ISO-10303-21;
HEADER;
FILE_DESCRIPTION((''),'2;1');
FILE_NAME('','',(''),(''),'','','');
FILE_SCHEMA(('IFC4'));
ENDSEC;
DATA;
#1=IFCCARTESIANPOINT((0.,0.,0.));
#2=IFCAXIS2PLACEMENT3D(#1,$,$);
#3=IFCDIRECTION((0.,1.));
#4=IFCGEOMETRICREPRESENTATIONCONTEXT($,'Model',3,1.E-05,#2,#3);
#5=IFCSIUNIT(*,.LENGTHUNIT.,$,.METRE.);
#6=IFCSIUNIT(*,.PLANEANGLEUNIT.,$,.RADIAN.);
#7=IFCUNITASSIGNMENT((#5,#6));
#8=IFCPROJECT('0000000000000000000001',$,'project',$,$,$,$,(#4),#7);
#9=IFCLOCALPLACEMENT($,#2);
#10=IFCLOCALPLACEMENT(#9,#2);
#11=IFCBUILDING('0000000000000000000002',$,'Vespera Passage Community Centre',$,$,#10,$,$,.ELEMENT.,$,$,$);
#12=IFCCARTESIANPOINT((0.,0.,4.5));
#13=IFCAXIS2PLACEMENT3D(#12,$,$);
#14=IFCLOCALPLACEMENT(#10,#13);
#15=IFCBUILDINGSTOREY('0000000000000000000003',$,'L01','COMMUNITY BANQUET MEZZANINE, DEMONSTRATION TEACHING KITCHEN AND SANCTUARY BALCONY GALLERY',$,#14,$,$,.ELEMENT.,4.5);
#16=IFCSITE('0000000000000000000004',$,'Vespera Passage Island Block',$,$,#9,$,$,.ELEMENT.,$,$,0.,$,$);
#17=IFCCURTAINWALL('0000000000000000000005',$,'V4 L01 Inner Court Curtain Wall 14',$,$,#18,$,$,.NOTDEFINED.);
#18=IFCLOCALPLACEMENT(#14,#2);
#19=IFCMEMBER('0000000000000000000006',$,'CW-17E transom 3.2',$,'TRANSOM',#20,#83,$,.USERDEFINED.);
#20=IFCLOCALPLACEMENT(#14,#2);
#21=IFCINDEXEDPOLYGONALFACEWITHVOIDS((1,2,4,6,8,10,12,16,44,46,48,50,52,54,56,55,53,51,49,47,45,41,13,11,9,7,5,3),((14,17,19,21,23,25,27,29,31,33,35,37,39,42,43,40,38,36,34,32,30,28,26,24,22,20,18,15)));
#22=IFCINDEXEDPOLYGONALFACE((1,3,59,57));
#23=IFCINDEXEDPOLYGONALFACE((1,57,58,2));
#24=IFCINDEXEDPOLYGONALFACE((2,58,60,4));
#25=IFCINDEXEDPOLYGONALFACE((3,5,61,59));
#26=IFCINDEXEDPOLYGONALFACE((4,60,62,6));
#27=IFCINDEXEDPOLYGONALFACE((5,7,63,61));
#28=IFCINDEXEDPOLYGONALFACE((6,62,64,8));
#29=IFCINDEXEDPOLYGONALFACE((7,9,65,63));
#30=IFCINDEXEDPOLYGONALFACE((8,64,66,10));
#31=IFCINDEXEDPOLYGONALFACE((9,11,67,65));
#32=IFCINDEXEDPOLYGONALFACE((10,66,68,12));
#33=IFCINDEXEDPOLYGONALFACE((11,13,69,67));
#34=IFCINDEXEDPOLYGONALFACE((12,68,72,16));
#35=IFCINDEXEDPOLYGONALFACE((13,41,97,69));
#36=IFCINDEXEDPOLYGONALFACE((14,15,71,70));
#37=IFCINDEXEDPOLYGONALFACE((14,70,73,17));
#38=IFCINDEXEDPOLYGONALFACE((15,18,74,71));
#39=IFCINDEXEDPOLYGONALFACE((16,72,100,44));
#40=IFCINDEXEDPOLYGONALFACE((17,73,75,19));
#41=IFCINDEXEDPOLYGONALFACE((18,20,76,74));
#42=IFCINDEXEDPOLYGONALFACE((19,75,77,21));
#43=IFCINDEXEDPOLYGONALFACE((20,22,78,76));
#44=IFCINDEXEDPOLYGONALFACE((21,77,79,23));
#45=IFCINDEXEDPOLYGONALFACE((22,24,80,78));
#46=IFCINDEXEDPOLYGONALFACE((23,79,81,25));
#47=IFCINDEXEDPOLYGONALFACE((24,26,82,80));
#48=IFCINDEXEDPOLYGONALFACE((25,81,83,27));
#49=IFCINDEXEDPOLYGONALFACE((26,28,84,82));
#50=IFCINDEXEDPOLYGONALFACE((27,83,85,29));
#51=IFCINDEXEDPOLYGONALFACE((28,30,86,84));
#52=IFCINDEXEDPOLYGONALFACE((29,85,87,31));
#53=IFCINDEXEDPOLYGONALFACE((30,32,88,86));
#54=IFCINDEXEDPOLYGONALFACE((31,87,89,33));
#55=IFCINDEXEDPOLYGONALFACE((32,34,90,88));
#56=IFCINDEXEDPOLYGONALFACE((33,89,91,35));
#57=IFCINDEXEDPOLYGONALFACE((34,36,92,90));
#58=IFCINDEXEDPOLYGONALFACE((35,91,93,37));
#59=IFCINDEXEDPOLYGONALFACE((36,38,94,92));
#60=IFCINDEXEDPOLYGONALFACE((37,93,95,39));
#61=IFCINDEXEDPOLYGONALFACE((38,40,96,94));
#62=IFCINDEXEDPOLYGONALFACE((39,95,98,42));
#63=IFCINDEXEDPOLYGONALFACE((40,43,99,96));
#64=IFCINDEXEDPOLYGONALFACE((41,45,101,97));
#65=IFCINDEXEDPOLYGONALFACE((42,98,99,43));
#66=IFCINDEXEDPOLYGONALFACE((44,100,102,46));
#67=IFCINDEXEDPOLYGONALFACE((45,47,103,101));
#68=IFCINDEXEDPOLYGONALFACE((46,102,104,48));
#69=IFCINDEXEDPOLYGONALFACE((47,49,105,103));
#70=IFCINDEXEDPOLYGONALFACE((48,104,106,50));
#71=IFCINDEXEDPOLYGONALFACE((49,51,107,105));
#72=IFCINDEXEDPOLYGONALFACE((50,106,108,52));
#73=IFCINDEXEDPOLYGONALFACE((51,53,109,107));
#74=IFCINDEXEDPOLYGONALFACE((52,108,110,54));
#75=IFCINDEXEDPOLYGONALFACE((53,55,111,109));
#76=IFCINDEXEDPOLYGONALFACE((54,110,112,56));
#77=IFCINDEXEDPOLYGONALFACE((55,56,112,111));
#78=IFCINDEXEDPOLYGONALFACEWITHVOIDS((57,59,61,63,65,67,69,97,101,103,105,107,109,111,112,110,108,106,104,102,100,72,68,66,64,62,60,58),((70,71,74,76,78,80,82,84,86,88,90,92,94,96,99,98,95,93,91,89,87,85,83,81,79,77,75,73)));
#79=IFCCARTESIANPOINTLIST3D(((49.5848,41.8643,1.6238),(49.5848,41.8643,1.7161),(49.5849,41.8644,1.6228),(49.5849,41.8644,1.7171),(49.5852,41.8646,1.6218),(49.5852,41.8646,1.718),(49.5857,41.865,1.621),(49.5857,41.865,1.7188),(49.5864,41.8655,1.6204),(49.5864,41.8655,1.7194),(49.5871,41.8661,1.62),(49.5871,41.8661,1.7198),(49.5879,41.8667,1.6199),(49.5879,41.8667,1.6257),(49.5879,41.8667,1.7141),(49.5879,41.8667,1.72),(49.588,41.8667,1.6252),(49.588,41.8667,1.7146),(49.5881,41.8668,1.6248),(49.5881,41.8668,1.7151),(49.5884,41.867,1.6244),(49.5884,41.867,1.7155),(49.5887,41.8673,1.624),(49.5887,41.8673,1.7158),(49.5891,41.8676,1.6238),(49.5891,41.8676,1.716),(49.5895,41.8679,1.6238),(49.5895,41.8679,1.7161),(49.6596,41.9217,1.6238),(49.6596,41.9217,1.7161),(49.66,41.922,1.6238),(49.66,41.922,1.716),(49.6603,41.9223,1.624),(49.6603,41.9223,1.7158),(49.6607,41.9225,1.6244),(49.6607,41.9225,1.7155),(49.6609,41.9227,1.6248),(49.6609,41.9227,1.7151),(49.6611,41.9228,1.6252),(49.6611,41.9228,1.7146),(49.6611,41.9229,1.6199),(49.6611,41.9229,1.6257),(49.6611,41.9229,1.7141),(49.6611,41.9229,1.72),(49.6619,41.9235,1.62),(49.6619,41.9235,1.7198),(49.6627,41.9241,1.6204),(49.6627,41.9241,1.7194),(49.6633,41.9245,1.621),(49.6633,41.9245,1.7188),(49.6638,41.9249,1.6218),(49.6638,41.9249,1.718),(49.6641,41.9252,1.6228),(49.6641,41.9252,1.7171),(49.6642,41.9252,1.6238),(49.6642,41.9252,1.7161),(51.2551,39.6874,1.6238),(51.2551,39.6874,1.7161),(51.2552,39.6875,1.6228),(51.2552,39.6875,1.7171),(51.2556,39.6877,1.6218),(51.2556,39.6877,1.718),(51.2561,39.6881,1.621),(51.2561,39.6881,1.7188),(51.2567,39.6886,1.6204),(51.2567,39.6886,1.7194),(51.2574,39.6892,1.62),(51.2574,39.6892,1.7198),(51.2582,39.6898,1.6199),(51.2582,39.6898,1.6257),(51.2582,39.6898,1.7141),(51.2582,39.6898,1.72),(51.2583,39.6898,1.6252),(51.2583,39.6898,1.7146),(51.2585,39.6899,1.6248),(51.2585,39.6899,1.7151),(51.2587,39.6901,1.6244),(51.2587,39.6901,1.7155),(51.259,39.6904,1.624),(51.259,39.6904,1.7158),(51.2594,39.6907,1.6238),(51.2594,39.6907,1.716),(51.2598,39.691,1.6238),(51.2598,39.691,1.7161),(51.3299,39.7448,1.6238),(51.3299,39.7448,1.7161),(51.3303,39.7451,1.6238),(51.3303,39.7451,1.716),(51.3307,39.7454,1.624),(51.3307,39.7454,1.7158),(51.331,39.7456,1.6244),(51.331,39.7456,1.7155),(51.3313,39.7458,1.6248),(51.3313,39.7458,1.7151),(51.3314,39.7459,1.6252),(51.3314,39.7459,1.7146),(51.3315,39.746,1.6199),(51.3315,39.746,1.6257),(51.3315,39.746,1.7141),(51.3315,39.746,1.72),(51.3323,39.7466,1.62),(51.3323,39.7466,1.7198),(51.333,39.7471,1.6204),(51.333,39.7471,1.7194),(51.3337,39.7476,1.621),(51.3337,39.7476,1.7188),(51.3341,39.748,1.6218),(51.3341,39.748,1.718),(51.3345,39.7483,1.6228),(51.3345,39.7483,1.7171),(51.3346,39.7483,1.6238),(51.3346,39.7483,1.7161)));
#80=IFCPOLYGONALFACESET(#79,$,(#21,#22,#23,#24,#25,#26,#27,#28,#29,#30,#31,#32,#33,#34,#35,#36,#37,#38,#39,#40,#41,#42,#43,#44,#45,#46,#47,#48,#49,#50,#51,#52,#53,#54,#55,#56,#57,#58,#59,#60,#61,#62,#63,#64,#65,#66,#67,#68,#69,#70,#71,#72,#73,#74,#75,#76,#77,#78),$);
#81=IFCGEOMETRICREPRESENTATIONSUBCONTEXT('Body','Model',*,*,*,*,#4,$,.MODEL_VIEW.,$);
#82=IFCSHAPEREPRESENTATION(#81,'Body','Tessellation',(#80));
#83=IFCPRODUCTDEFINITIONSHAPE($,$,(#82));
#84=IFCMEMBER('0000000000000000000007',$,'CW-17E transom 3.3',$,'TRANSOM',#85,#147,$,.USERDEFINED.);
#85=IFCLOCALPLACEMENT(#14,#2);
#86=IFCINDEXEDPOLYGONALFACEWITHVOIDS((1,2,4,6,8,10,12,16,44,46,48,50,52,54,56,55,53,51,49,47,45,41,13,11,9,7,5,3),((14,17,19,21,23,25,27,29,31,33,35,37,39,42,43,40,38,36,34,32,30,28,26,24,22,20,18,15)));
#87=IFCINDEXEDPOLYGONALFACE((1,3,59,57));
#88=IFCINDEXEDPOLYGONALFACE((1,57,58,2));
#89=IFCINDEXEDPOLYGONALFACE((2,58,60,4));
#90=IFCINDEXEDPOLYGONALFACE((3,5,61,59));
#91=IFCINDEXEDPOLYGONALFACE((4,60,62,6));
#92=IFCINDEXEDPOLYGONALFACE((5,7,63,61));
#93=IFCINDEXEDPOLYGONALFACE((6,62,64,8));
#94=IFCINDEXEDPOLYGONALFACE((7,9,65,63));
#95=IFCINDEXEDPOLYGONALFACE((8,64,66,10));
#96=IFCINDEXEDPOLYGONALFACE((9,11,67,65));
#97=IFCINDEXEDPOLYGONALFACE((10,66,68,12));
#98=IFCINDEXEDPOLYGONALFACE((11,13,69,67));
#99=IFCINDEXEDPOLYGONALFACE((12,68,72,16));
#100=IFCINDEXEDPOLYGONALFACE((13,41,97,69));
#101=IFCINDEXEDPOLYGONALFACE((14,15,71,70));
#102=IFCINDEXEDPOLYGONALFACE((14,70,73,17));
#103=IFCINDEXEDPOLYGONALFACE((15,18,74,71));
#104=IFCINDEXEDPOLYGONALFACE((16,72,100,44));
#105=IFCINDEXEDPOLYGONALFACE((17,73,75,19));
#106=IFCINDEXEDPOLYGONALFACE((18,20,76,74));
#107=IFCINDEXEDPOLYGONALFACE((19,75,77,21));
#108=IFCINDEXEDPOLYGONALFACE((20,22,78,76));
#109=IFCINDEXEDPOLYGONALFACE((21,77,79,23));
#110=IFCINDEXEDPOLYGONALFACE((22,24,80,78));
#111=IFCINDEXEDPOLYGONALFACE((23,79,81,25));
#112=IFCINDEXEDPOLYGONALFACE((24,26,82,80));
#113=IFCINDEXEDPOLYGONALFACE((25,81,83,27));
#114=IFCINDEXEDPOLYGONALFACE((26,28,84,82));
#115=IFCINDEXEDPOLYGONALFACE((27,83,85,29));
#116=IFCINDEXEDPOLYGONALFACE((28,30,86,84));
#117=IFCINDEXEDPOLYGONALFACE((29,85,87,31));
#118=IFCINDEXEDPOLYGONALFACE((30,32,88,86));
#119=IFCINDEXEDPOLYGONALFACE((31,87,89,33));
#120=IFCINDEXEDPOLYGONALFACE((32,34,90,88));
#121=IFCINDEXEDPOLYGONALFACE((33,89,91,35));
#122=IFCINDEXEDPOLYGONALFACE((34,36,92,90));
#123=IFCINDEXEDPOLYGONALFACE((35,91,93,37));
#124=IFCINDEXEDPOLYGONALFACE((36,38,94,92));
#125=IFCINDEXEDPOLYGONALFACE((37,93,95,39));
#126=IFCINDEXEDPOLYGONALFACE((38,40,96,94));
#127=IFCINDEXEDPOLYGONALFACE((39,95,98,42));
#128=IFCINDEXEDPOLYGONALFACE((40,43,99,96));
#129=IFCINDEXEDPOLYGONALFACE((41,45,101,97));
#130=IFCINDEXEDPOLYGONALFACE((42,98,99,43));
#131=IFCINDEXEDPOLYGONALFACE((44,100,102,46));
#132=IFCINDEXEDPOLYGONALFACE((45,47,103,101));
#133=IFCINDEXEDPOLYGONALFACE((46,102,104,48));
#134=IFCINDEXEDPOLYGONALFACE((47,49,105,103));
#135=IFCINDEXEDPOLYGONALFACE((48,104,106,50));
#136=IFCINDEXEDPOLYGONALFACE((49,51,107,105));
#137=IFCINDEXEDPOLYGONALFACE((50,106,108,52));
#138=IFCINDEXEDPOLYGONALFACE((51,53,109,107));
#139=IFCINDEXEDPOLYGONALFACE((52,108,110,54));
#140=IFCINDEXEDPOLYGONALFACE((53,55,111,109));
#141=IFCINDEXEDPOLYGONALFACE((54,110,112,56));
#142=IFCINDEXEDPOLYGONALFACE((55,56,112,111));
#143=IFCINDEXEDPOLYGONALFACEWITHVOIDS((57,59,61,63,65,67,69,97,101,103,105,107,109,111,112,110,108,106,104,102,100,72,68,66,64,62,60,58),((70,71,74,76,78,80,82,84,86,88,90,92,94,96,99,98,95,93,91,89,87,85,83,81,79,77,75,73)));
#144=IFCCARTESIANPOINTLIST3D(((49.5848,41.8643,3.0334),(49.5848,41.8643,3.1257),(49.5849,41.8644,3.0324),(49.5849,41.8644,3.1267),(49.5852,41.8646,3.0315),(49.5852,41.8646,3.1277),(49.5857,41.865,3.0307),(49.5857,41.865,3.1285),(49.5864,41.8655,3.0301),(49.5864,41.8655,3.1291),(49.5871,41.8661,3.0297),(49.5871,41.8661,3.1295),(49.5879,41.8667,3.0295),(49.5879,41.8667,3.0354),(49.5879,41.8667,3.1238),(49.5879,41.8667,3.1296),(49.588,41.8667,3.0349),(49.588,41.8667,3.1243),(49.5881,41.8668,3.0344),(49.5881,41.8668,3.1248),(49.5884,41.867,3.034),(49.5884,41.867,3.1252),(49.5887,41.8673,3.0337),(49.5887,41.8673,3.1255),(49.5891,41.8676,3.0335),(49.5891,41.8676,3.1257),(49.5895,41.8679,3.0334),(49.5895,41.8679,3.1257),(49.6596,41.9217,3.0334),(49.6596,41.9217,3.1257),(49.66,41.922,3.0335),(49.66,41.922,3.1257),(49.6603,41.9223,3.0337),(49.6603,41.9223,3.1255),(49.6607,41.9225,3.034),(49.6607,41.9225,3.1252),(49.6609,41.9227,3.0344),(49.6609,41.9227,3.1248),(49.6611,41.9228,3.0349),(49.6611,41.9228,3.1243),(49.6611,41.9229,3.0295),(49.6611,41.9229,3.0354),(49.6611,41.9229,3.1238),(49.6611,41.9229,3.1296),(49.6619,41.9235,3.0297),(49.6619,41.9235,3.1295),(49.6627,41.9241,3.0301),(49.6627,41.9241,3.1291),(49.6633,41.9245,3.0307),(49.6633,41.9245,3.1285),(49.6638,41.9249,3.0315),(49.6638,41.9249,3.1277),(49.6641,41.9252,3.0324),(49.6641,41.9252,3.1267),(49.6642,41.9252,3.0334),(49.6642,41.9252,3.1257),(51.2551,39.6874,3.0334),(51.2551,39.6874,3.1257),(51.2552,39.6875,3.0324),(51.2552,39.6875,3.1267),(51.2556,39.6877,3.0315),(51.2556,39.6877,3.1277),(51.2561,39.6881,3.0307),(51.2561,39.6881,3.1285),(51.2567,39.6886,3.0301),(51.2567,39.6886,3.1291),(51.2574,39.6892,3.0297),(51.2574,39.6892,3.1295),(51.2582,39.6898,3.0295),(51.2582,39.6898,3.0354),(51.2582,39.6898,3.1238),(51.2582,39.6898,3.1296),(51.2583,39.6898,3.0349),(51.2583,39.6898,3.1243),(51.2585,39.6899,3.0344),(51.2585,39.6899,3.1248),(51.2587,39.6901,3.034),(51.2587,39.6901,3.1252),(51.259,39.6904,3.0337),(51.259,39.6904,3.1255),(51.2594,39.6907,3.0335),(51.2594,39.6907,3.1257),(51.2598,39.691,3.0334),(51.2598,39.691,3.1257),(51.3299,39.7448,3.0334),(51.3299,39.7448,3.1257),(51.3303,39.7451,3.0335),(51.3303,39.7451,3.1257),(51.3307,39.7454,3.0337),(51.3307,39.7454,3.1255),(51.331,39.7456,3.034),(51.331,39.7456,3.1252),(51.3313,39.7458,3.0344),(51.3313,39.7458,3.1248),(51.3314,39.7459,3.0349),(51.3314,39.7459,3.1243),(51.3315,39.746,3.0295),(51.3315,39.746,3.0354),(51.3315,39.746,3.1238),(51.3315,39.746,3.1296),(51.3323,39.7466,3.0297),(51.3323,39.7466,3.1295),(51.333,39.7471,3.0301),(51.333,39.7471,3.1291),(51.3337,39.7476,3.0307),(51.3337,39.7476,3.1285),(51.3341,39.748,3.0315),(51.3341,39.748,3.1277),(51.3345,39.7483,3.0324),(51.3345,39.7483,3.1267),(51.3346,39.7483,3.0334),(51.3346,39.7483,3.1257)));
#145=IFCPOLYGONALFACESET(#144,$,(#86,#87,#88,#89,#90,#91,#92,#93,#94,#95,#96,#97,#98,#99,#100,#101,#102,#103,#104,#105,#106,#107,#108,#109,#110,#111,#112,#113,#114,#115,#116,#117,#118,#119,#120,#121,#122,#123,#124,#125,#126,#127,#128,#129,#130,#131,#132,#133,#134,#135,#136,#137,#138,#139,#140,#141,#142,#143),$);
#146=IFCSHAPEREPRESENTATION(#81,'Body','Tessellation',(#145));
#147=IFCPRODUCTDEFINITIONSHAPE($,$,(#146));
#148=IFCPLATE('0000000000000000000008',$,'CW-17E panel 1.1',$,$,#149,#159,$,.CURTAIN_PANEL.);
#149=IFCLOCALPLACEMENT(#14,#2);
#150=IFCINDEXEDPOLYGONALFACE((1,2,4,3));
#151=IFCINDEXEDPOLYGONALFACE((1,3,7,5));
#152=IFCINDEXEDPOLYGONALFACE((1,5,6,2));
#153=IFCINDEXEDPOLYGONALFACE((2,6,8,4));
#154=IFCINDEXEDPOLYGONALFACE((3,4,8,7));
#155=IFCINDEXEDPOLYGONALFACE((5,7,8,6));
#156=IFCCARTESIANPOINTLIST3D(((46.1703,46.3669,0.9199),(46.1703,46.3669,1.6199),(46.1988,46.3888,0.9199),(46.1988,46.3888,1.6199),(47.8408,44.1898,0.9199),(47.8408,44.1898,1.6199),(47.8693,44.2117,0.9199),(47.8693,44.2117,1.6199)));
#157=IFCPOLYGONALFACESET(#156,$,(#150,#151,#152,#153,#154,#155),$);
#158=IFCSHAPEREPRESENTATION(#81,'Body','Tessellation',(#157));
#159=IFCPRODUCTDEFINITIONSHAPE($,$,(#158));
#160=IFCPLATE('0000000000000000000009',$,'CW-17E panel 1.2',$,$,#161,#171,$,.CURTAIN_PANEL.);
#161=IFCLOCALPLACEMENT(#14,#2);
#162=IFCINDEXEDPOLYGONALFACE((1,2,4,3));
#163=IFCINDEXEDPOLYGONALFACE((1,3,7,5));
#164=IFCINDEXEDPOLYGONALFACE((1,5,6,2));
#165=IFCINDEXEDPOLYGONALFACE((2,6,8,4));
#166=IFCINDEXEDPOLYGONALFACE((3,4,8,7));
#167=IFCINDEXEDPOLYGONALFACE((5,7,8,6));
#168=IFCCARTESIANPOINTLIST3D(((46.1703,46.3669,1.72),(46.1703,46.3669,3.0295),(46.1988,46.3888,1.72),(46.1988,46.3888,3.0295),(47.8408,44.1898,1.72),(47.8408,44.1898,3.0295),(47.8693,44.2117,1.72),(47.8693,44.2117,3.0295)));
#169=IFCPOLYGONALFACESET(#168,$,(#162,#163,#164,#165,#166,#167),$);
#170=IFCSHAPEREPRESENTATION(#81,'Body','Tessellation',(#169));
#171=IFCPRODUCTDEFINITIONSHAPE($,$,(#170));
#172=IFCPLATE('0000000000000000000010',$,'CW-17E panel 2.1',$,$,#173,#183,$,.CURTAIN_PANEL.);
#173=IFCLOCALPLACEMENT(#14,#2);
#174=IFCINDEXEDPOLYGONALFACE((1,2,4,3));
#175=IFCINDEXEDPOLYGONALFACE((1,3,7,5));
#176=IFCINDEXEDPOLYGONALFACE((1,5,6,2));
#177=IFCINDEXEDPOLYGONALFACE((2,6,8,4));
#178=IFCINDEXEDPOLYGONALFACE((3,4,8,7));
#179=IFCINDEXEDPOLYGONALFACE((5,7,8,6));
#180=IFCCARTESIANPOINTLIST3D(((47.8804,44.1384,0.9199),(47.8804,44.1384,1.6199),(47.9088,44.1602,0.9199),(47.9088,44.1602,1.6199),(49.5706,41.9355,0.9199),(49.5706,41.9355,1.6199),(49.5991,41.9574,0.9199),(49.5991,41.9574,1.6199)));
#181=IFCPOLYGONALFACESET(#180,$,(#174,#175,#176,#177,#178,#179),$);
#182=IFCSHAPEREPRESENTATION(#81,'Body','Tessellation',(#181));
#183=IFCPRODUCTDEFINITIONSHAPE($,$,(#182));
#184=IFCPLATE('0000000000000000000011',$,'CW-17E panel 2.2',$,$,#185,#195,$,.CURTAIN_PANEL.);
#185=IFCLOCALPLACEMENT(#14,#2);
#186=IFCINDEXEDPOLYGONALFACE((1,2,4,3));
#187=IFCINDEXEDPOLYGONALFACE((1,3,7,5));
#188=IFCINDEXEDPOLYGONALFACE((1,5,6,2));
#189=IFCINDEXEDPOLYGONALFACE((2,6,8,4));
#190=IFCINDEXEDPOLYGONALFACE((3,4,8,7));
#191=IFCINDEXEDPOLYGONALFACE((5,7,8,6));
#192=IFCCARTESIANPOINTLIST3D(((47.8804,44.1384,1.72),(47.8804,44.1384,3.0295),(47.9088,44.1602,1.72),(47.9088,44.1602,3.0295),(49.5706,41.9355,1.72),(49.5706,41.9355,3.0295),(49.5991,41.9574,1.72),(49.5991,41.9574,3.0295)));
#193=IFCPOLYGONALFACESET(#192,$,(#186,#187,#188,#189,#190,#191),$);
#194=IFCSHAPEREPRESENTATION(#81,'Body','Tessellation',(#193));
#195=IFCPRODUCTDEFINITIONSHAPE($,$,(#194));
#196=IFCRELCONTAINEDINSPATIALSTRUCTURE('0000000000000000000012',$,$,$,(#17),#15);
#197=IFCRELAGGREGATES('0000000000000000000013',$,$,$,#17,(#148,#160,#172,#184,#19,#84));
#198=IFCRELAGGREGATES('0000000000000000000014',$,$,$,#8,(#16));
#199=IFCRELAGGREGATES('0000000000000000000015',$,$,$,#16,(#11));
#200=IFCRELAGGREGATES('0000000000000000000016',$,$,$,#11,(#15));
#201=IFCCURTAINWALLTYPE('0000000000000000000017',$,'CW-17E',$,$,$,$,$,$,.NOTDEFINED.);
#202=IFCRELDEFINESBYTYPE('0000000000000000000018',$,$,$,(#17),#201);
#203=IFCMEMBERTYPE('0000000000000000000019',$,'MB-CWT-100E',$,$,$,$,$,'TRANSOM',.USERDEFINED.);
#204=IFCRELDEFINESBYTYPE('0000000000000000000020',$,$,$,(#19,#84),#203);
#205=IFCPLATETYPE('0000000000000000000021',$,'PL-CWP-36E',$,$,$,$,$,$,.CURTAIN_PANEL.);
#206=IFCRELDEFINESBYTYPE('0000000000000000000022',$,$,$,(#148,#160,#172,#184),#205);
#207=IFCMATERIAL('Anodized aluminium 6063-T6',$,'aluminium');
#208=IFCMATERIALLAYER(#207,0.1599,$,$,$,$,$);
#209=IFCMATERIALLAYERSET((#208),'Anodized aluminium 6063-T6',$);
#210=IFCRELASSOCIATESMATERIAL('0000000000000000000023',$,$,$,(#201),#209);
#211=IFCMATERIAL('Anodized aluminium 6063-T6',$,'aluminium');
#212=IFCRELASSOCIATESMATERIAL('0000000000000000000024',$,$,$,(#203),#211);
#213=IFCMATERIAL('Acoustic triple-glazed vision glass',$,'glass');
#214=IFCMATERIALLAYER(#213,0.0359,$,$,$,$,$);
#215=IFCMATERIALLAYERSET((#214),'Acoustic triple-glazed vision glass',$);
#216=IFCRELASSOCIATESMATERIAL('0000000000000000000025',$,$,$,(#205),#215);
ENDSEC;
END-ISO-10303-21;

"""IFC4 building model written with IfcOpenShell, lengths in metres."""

from ifc_helpers import new_model, si_unit, direction, frame, origin, origin_2d, place, context, subcontext, project, spatial, rectangle, hollow_rectangle, extrude, material, layer, layer_set, material_profile, profile_set, type_object, element, aggregate, save


model = new_model("IFC4")

# Units and contexts
model_context = context("Model", 3, precision=1e-05, world=origin(), true_north=direction((0.0, 1.0)))
body_context = subcontext(model_context, "Body", "Model", "MODEL_VIEW")
ifc_project = project(units=[si_unit("LENGTHUNIT", "METRE"), si_unit("PLANEANGLEUNIT", "RADIAN")], contexts=[model_context])

# Site, building, storey
site_placement = place(None, origin())
site = spatial("IfcSite", under=ifc_project, at=site_placement, Name="Vespera Passage Island Block", CompositionType="ELEMENT", RefElevation=0.0)
building_placement = place(site_placement, origin())
building = spatial("IfcBuilding", under=site, at=building_placement, Name="Vespera Passage Community Centre", CompositionType="ELEMENT")
storey_placement = place(building_placement, frame((0.0, 0.0, 4.5)))
storey = spatial("IfcBuildingStorey", under=building, at=storey_placement, Name="L01", Description="COMMUNITY BANQUET MEZZANINE, DEMONSTRATION TEACHING KITCHEN AND SANCTUARY BALCONY GALLERY", CompositionType="ELEMENT", Elevation=4.5)

# Curtain wall
ifc_material_1 = material(Name="Anodized aluminium 6063-T6", Category="aluminium")
ifc_layer_1 = layer(ifc_material_1, 0.1599)
ifc_layer_set_1 = layer_set([ifc_layer_1], Name="Anodized aluminium 6063-T6")
curtain_wall_type_1 = type_object("IfcCurtainWallType", Name="CW-17E", PredefinedType="NOTDEFINED", material=ifc_layer_set_1)
curtain_wall_1_placement = place(storey_placement, origin())
curtain_wall_1 = element("IfcCurtainWall", 1, at=curtain_wall_1_placement, inside=storey, type_object=curtain_wall_type_1, Name="V4 L01 Inner Court Curtain Wall 14", PredefinedType="NOTDEFINED")

# Members
ifc_material_2 = material(Name="Anodized aluminium 6063-T6", Category="aluminium")
ifc_material_profile_1 = material_profile(ifc_material_2, hollow_rectangle(XDim=0.1001, YDim=0.1001, WallThickness=0.0039, InnerFilletRadius=0.002, OuterFilletRadius=0.0039, at=origin_2d()), Name="ALU100X100X4")
ifc_profile_set_1 = profile_set([ifc_material_profile_1], Name="Anodized aluminium 6063-T6")
member_type_1 = type_object("IfcMemberType", Name="MB-CWT-100E", ElementType="TRANSOM", PredefinedType="USERDEFINED", material=ifc_profile_set_1)
member_1_placement = place(storey_placement, frame((49.6245, 41.8948, 1.6699), z_axis=(0.608747, -0.793364, 0.0), x_axis=(0.793364, 0.608747, 0.0)))
member_1 = element("IfcMember", 2, at=member_1_placement, type_object=member_type_1, Name="CW-17E transom 3.2", ObjectType="TRANSOM", PredefinedType="USERDEFINED", context=body_context, shape_type="SweptSolid", body=[
    extrude(hollow_rectangle(XDim=0.1001, YDim=0.1001, WallThickness=0.0039, InnerFilletRadius=0.002, OuterFilletRadius=0.0039, at=origin_2d()), origin(), (0.0, 0.0, 1.0), 2.7439),
])
member_2_placement = place(storey_placement, frame((49.6245, 41.8948, 3.0796), z_axis=(0.608747, -0.793364, 0.0), x_axis=(0.793364, 0.608747, 0.0)))
member_2 = element("IfcMember", 3, at=member_2_placement, type_object=member_type_1, Name="CW-17E transom 3.3", ObjectType="TRANSOM", PredefinedType="USERDEFINED", context=body_context, shape_type="SweptSolid", body=[
    extrude(hollow_rectangle(XDim=0.1001, YDim=0.1001, WallThickness=0.0039, InnerFilletRadius=0.002, OuterFilletRadius=0.0039, at=origin_2d()), origin(), (0.0, 0.0, 1.0), 2.7439),
])

# Plates
ifc_material_3 = material(Name="Acoustic triple-glazed vision glass", Category="glass")
ifc_layer_2 = layer(ifc_material_3, 0.0359)
ifc_layer_set_2 = layer_set([ifc_layer_2], Name="Acoustic triple-glazed vision glass")
plate_type = type_object("IfcPlateType", Name="PL-CWP-36E", PredefinedType="CURTAIN_PANEL", material=ifc_layer_set_2)
plate_1_placement = place(storey_placement, frame((47.0198, 45.2893, 0.9199), z_axis=(0.0, 0.0, 1.0), x_axis=(0.608755, -0.793358, 0.0)))
plate_1 = element("IfcPlate", 4, at=plate_1_placement, type_object=plate_type, Name="CW-17E panel 1.1", PredefinedType="CURTAIN_PANEL", context=body_context, shape_type="SweptSolid", body=[
    extrude(rectangle(XDim=2.7441, YDim=0.0359, at=origin_2d()), origin(), (0.0, 0.0, 1.0), 0.7),
])
plate_2_placement = place(storey_placement, frame((47.0198, 45.2893, 1.72), z_axis=(0.0, 0.0, 1.0), x_axis=(0.608755, -0.793358, 0.0)))
plate_2 = element("IfcPlate", 5, at=plate_2_placement, type_object=plate_type, Name="CW-17E panel 1.2", PredefinedType="CURTAIN_PANEL", context=body_context, shape_type="SweptSolid", body=[
    extrude(rectangle(XDim=2.7441, YDim=0.0359, at=origin_2d()), origin(), (0.0, 0.0, 1.0), 1.3096),
])
plate_3_placement = place(storey_placement, frame((48.7397, 43.0479, 0.9199), z_axis=(0.0, 0.0, 1.0), x_axis=(0.608755, -0.793358, 0.0)))
plate_3 = element("IfcPlate", 6, at=plate_3_placement, type_object=plate_type, Name="CW-17E panel 2.1", PredefinedType="CURTAIN_PANEL", context=body_context, shape_type="SweptSolid", body=[
    extrude(rectangle(XDim=2.7766, YDim=0.0359, at=origin_2d()), origin(), (0.0, 0.0, 1.0), 0.7),
])
plate_4_placement = place(storey_placement, frame((48.7397, 43.0479, 1.72), z_axis=(0.0, 0.0, 1.0), x_axis=(0.608755, -0.793358, 0.0)))
plate_4 = element("IfcPlate", 7, at=plate_4_placement, type_object=plate_type, Name="CW-17E panel 2.2", PredefinedType="CURTAIN_PANEL", context=body_context, shape_type="SweptSolid", body=[
    extrude(rectangle(XDim=2.7766, YDim=0.0359, at=origin_2d()), origin(), (0.0, 0.0, 1.0), 1.3096),
])
aggregate(curtain_wall_1, [plate_1, plate_2, plate_3, plate_4, member_1, member_2])

save(model, "model.ifc")
